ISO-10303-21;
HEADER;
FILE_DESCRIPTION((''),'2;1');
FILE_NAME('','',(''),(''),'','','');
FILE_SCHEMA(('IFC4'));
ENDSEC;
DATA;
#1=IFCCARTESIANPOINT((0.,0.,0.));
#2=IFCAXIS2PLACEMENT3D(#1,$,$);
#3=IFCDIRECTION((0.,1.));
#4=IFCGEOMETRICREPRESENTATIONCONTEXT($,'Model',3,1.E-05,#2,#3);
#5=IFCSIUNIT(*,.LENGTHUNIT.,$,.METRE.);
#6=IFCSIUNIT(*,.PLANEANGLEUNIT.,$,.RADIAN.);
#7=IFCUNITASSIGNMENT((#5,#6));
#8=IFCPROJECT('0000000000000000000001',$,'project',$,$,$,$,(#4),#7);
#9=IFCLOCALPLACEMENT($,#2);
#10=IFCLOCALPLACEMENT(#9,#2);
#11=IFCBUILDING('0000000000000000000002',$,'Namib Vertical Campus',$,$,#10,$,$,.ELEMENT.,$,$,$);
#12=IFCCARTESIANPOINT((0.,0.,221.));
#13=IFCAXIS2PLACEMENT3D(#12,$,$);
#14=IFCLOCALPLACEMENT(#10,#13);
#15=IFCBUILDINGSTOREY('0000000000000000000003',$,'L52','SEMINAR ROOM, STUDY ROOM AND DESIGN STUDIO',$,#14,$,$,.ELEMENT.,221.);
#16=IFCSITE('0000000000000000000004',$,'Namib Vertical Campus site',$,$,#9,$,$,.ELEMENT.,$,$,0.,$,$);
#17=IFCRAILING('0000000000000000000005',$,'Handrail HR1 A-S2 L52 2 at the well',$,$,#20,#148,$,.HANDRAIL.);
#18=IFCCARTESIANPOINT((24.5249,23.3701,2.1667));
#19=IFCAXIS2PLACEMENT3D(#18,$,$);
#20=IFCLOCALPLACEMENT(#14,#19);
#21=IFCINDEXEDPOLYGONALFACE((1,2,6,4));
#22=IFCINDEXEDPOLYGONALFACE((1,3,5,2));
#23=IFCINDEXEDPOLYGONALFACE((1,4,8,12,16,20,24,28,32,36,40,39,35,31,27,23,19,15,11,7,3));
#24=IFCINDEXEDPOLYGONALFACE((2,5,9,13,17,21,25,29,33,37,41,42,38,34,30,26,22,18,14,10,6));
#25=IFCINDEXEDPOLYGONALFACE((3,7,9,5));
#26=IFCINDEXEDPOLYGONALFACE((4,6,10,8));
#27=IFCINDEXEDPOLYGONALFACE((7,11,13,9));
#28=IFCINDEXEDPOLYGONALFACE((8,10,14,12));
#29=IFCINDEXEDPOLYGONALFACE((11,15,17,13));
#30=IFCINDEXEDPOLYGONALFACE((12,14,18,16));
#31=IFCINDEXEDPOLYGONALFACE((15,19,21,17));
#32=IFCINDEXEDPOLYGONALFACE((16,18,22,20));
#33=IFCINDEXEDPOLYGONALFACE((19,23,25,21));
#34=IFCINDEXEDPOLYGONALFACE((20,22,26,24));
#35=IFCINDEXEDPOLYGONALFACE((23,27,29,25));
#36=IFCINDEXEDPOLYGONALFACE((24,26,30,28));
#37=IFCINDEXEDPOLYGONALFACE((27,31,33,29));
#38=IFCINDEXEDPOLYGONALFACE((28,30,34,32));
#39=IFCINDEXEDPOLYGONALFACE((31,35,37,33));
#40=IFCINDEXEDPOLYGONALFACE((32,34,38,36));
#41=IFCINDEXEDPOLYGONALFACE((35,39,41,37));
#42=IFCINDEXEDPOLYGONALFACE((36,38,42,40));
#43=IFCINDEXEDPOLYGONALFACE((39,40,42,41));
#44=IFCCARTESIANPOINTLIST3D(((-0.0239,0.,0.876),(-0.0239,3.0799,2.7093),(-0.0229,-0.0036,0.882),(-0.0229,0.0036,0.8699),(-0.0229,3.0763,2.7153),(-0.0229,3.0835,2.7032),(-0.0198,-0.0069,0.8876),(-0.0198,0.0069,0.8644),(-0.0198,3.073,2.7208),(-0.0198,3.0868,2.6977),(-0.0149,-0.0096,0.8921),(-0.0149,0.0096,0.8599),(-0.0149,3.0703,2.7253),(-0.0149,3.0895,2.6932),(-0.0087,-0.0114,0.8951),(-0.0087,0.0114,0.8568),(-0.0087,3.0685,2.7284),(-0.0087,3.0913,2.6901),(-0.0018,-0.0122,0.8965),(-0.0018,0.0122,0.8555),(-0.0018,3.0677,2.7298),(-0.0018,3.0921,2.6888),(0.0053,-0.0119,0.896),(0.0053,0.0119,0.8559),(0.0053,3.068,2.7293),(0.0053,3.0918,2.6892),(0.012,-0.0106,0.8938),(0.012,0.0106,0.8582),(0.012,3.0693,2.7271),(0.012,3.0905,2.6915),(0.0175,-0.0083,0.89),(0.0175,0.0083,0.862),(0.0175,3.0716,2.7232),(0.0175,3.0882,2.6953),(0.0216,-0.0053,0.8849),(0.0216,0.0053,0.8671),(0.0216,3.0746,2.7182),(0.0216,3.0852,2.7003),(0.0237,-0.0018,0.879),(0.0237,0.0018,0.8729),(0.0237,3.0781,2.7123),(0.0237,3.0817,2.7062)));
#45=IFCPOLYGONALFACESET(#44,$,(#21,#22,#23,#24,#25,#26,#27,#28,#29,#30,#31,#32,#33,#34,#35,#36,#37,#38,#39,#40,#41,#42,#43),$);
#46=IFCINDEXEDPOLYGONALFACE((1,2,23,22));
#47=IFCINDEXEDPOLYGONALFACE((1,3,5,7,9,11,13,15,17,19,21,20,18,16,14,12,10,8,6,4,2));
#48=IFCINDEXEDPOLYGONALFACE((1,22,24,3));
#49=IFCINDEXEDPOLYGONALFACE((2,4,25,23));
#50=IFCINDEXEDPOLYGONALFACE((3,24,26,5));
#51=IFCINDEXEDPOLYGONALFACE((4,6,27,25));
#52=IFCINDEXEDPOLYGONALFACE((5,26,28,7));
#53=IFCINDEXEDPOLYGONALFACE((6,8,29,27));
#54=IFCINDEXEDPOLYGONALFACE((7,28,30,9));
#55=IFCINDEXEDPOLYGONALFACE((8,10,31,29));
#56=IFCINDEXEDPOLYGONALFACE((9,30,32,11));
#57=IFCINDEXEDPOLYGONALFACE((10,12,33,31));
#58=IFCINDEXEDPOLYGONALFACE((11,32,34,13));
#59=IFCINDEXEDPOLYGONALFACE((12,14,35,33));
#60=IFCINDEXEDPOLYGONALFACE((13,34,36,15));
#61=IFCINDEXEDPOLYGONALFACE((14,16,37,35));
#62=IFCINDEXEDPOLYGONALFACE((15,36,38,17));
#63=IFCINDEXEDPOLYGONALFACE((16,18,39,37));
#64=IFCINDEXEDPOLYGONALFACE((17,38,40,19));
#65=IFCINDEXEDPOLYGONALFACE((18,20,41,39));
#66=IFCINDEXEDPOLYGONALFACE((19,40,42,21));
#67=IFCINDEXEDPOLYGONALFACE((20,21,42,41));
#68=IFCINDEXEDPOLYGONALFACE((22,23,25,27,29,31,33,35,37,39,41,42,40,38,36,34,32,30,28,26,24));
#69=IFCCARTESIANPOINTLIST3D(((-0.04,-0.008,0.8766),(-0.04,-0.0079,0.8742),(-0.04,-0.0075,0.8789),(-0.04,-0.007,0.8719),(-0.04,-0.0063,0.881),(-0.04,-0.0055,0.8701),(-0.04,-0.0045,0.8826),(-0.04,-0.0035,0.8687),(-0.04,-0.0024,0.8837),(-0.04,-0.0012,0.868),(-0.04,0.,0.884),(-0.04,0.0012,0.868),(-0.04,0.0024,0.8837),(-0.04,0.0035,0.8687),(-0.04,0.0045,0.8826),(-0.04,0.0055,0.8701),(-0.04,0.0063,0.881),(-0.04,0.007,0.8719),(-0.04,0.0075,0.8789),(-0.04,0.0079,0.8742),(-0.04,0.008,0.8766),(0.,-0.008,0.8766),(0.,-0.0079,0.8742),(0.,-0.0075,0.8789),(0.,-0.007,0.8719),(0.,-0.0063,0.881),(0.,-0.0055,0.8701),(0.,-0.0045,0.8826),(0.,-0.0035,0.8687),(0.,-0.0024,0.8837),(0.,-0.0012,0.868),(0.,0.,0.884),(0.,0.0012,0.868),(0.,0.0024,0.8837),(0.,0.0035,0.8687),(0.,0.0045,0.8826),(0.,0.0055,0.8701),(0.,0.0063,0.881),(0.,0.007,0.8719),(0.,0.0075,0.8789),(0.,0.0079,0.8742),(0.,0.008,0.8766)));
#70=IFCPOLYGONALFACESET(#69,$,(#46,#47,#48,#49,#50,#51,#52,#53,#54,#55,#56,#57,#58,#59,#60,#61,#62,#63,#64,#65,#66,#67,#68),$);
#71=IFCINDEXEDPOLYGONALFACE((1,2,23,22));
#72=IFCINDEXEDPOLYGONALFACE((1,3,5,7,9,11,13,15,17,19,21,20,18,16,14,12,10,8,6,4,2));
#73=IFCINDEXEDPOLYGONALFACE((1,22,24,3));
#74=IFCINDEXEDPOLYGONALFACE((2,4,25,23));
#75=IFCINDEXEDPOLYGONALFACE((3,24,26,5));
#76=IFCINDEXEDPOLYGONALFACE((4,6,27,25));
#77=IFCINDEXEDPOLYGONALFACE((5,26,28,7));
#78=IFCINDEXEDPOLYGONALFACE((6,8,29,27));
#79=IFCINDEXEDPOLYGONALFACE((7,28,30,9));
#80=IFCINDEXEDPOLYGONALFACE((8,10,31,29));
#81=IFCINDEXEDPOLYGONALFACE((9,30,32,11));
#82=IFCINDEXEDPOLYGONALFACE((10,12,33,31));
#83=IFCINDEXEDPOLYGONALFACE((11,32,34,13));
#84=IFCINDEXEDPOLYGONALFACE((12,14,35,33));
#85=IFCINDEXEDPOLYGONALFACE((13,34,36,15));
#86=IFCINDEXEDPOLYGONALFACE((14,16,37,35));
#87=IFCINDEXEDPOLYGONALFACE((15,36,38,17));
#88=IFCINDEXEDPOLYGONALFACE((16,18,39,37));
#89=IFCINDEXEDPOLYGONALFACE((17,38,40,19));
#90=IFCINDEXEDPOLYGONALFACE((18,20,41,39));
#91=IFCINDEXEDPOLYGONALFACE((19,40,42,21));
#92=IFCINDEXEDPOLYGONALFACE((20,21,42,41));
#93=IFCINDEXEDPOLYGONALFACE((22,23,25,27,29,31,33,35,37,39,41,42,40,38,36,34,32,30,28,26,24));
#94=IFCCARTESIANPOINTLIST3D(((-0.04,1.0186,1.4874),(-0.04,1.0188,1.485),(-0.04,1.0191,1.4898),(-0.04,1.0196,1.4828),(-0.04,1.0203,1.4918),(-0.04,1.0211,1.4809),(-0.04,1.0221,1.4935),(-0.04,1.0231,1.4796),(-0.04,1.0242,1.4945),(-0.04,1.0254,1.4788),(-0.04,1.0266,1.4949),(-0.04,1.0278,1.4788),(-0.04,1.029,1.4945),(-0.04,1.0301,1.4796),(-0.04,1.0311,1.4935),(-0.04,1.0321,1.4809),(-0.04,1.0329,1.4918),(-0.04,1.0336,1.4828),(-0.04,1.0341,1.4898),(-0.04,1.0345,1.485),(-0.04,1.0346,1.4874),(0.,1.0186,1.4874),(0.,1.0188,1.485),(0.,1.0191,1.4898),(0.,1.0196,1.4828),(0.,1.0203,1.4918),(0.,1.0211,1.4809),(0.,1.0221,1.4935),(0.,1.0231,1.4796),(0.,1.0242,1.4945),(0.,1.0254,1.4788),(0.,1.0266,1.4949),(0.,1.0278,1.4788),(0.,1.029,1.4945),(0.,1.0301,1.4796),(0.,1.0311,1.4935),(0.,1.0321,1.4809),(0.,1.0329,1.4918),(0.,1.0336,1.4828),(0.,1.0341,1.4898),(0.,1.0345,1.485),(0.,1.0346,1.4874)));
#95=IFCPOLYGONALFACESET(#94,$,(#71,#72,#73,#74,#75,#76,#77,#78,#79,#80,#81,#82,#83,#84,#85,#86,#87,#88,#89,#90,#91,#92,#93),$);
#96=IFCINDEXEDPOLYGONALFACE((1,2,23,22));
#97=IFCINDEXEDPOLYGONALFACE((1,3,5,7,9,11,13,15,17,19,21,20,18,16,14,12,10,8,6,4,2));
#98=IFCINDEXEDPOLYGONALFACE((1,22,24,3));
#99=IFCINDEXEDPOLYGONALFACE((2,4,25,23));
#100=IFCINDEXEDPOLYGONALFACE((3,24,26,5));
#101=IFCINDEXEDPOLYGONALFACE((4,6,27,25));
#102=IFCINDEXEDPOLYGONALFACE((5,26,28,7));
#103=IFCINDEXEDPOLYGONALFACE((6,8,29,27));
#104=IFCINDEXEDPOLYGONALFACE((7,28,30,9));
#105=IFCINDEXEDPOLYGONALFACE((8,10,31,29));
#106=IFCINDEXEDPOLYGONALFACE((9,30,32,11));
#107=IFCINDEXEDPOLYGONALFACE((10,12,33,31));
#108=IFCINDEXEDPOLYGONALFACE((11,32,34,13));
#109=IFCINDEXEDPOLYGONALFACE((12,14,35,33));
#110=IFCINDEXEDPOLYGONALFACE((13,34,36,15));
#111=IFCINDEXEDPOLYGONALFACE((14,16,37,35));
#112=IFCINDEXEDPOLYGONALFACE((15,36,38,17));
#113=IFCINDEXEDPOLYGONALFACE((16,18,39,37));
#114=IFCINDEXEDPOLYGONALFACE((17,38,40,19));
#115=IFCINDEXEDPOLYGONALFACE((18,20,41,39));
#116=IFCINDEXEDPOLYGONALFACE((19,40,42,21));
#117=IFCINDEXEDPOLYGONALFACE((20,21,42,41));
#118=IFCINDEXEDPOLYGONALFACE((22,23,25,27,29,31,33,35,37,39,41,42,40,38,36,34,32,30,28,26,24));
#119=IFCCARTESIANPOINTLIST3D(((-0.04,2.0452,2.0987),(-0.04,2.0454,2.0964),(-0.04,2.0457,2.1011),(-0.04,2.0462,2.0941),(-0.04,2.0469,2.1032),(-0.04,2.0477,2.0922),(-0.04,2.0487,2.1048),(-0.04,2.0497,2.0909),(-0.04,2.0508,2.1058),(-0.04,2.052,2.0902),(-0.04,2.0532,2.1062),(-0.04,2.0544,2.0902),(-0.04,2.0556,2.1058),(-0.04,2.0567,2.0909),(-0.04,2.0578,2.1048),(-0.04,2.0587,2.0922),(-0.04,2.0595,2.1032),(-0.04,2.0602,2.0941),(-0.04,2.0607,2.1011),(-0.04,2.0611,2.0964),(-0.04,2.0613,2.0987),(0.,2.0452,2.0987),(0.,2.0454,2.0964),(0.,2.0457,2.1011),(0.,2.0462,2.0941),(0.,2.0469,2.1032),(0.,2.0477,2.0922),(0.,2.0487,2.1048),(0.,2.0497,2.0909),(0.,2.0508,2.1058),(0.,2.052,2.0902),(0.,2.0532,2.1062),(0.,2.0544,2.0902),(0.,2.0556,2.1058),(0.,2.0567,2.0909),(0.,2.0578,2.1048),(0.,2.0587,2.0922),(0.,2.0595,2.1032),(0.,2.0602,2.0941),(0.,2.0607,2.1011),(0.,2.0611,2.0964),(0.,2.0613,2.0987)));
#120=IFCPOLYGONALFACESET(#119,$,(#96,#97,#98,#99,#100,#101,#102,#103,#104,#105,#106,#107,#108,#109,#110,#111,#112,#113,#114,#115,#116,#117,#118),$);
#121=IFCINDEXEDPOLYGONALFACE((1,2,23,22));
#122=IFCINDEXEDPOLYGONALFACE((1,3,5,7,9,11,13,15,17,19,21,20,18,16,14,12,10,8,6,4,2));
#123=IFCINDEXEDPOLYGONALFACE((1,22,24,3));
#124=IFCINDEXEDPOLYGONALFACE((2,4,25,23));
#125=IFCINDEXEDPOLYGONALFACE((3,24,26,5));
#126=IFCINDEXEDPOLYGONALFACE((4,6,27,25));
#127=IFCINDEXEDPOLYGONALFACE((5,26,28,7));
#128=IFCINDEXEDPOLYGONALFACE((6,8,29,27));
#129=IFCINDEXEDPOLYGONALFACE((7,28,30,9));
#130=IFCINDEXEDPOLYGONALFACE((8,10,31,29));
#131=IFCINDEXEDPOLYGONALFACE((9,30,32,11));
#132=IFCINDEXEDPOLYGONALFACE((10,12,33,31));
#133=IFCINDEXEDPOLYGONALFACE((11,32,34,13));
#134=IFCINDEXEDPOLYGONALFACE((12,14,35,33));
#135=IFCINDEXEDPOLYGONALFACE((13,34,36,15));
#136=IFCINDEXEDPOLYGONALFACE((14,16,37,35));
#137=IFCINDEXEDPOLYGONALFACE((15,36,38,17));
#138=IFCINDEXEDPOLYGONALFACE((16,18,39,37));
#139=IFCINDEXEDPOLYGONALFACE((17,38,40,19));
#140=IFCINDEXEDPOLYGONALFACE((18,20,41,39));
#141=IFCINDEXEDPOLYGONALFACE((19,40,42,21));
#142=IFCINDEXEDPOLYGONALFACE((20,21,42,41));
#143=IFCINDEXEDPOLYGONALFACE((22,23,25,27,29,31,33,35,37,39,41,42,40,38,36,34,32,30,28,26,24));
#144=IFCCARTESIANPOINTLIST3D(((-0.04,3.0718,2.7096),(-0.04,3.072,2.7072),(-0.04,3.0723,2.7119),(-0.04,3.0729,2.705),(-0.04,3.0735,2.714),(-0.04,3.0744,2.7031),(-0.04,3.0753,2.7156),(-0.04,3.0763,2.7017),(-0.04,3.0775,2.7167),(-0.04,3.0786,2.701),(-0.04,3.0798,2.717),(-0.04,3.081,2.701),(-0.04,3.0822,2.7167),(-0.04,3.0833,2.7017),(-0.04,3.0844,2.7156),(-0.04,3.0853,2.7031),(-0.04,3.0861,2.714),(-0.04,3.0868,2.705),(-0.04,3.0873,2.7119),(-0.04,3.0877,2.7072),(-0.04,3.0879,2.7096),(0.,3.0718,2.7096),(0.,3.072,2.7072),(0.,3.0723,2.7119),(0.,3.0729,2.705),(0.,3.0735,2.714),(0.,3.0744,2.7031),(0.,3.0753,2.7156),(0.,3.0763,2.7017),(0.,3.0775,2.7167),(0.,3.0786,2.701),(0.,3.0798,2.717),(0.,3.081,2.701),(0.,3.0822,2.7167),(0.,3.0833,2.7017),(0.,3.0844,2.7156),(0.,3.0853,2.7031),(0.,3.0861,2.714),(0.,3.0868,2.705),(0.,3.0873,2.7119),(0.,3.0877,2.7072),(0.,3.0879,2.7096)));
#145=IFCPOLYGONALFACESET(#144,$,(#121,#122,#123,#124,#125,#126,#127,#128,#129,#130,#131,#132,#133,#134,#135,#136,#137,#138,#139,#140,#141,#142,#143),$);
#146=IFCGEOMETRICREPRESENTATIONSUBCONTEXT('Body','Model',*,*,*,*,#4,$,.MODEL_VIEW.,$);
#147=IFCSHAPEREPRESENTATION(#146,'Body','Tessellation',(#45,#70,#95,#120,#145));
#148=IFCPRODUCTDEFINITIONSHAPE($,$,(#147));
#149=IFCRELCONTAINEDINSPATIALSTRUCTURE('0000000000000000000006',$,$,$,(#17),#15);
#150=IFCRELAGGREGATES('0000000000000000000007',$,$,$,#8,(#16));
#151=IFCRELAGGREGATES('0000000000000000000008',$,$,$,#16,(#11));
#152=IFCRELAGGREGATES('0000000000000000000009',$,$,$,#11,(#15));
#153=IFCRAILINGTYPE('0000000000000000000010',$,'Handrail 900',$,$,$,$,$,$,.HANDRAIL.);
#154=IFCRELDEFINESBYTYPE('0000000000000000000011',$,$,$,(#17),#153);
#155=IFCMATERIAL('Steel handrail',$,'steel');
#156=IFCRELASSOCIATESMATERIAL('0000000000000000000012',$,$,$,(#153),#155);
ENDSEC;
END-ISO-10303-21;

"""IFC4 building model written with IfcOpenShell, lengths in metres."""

from ifc_helpers import new_model, si_unit, direction, frame, origin, origin_2d, place, context, subcontext, project, spatial, circle, extrude, material, type_object, element, save


model = new_model("IFC4")

# Units and contexts
model_context = context("Model", 3, precision=1e-05, world=origin(), true_north=direction((0.0, 1.0)))
body_context = subcontext(model_context, "Body", "Model", "MODEL_VIEW")
ifc_project = project(units=[si_unit("LENGTHUNIT", "METRE"), si_unit("PLANEANGLEUNIT", "RADIAN")], contexts=[model_context])

# Site, building, storey
site_placement = place(None, origin())
site = spatial("IfcSite", under=ifc_project, at=site_placement, Name="Namib Vertical Campus site", CompositionType="ELEMENT", RefElevation=0.0)
building_placement = place(site_placement, origin())
building = spatial("IfcBuilding", under=site, at=building_placement, Name="Namib Vertical Campus", CompositionType="ELEMENT")
storey_placement = place(building_placement, frame((0.0, 0.0, 221.0)))
storey = spatial("IfcBuildingStorey", under=building, at=storey_placement, Name="L52", Description="SEMINAR ROOM, STUDY ROOM AND DESIGN STUDIO", CompositionType="ELEMENT", Elevation=221.0)

# Railing
ifc_material_1 = material(Name="Steel handrail", Category="steel")
railing_type_1 = type_object("IfcRailingType", Name="Handrail 900", PredefinedType="HANDRAIL", material=ifc_material_1)
railing_1_placement = place(storey_placement, frame((24.5249, 23.3701, 2.1667)))
element("IfcRailing", 1, at=railing_1_placement, inside=storey, type_object=railing_type_1, Name="Handrail HR1 A-S2 L52 2 at the well", PredefinedType="HANDRAIL", context=body_context, shape_type="SweptSolid", body=[
    extrude(circle(Radius=0.0239, at=origin_2d()), frame((0.0, 0.0, 0.876), z_axis=(0.0, 0.859291, 0.511487), x_axis=(-1.0, 0.0, 0.0)), (0.0, 0.0, 1.0), 3.5842),
    extrude(circle(Radius=0.0081, at=origin_2d()), frame((0.0, 0.0, 0.876), z_axis=(-1.0, 0.0, 0.0), x_axis=(0.0, 0.0, 1.0)), (0.0, 0.0, 1.0), 0.04),
    extrude(circle(Radius=0.0081, at=origin_2d()), frame((0.0, 1.0266, 1.4868), z_axis=(-1.0, 0.0, 0.0), x_axis=(0.0, 0.0, 1.0)), (0.0, 0.0, 1.0), 0.04),
    extrude(circle(Radius=0.0081, at=origin_2d()), frame((0.0, 2.0532, 2.0981), z_axis=(-1.0, 0.0, 0.0), x_axis=(0.0, 0.0, 1.0)), (0.0, 0.0, 1.0), 0.04),
    extrude(circle(Radius=0.0081, at=origin_2d()), frame((0.0, 3.0798, 2.709), z_axis=(-1.0, 0.0, 0.0), x_axis=(0.0, 0.0, 1.0)), (0.0, 0.0, 1.0), 0.04),
])

save(model, "model.ifc")
